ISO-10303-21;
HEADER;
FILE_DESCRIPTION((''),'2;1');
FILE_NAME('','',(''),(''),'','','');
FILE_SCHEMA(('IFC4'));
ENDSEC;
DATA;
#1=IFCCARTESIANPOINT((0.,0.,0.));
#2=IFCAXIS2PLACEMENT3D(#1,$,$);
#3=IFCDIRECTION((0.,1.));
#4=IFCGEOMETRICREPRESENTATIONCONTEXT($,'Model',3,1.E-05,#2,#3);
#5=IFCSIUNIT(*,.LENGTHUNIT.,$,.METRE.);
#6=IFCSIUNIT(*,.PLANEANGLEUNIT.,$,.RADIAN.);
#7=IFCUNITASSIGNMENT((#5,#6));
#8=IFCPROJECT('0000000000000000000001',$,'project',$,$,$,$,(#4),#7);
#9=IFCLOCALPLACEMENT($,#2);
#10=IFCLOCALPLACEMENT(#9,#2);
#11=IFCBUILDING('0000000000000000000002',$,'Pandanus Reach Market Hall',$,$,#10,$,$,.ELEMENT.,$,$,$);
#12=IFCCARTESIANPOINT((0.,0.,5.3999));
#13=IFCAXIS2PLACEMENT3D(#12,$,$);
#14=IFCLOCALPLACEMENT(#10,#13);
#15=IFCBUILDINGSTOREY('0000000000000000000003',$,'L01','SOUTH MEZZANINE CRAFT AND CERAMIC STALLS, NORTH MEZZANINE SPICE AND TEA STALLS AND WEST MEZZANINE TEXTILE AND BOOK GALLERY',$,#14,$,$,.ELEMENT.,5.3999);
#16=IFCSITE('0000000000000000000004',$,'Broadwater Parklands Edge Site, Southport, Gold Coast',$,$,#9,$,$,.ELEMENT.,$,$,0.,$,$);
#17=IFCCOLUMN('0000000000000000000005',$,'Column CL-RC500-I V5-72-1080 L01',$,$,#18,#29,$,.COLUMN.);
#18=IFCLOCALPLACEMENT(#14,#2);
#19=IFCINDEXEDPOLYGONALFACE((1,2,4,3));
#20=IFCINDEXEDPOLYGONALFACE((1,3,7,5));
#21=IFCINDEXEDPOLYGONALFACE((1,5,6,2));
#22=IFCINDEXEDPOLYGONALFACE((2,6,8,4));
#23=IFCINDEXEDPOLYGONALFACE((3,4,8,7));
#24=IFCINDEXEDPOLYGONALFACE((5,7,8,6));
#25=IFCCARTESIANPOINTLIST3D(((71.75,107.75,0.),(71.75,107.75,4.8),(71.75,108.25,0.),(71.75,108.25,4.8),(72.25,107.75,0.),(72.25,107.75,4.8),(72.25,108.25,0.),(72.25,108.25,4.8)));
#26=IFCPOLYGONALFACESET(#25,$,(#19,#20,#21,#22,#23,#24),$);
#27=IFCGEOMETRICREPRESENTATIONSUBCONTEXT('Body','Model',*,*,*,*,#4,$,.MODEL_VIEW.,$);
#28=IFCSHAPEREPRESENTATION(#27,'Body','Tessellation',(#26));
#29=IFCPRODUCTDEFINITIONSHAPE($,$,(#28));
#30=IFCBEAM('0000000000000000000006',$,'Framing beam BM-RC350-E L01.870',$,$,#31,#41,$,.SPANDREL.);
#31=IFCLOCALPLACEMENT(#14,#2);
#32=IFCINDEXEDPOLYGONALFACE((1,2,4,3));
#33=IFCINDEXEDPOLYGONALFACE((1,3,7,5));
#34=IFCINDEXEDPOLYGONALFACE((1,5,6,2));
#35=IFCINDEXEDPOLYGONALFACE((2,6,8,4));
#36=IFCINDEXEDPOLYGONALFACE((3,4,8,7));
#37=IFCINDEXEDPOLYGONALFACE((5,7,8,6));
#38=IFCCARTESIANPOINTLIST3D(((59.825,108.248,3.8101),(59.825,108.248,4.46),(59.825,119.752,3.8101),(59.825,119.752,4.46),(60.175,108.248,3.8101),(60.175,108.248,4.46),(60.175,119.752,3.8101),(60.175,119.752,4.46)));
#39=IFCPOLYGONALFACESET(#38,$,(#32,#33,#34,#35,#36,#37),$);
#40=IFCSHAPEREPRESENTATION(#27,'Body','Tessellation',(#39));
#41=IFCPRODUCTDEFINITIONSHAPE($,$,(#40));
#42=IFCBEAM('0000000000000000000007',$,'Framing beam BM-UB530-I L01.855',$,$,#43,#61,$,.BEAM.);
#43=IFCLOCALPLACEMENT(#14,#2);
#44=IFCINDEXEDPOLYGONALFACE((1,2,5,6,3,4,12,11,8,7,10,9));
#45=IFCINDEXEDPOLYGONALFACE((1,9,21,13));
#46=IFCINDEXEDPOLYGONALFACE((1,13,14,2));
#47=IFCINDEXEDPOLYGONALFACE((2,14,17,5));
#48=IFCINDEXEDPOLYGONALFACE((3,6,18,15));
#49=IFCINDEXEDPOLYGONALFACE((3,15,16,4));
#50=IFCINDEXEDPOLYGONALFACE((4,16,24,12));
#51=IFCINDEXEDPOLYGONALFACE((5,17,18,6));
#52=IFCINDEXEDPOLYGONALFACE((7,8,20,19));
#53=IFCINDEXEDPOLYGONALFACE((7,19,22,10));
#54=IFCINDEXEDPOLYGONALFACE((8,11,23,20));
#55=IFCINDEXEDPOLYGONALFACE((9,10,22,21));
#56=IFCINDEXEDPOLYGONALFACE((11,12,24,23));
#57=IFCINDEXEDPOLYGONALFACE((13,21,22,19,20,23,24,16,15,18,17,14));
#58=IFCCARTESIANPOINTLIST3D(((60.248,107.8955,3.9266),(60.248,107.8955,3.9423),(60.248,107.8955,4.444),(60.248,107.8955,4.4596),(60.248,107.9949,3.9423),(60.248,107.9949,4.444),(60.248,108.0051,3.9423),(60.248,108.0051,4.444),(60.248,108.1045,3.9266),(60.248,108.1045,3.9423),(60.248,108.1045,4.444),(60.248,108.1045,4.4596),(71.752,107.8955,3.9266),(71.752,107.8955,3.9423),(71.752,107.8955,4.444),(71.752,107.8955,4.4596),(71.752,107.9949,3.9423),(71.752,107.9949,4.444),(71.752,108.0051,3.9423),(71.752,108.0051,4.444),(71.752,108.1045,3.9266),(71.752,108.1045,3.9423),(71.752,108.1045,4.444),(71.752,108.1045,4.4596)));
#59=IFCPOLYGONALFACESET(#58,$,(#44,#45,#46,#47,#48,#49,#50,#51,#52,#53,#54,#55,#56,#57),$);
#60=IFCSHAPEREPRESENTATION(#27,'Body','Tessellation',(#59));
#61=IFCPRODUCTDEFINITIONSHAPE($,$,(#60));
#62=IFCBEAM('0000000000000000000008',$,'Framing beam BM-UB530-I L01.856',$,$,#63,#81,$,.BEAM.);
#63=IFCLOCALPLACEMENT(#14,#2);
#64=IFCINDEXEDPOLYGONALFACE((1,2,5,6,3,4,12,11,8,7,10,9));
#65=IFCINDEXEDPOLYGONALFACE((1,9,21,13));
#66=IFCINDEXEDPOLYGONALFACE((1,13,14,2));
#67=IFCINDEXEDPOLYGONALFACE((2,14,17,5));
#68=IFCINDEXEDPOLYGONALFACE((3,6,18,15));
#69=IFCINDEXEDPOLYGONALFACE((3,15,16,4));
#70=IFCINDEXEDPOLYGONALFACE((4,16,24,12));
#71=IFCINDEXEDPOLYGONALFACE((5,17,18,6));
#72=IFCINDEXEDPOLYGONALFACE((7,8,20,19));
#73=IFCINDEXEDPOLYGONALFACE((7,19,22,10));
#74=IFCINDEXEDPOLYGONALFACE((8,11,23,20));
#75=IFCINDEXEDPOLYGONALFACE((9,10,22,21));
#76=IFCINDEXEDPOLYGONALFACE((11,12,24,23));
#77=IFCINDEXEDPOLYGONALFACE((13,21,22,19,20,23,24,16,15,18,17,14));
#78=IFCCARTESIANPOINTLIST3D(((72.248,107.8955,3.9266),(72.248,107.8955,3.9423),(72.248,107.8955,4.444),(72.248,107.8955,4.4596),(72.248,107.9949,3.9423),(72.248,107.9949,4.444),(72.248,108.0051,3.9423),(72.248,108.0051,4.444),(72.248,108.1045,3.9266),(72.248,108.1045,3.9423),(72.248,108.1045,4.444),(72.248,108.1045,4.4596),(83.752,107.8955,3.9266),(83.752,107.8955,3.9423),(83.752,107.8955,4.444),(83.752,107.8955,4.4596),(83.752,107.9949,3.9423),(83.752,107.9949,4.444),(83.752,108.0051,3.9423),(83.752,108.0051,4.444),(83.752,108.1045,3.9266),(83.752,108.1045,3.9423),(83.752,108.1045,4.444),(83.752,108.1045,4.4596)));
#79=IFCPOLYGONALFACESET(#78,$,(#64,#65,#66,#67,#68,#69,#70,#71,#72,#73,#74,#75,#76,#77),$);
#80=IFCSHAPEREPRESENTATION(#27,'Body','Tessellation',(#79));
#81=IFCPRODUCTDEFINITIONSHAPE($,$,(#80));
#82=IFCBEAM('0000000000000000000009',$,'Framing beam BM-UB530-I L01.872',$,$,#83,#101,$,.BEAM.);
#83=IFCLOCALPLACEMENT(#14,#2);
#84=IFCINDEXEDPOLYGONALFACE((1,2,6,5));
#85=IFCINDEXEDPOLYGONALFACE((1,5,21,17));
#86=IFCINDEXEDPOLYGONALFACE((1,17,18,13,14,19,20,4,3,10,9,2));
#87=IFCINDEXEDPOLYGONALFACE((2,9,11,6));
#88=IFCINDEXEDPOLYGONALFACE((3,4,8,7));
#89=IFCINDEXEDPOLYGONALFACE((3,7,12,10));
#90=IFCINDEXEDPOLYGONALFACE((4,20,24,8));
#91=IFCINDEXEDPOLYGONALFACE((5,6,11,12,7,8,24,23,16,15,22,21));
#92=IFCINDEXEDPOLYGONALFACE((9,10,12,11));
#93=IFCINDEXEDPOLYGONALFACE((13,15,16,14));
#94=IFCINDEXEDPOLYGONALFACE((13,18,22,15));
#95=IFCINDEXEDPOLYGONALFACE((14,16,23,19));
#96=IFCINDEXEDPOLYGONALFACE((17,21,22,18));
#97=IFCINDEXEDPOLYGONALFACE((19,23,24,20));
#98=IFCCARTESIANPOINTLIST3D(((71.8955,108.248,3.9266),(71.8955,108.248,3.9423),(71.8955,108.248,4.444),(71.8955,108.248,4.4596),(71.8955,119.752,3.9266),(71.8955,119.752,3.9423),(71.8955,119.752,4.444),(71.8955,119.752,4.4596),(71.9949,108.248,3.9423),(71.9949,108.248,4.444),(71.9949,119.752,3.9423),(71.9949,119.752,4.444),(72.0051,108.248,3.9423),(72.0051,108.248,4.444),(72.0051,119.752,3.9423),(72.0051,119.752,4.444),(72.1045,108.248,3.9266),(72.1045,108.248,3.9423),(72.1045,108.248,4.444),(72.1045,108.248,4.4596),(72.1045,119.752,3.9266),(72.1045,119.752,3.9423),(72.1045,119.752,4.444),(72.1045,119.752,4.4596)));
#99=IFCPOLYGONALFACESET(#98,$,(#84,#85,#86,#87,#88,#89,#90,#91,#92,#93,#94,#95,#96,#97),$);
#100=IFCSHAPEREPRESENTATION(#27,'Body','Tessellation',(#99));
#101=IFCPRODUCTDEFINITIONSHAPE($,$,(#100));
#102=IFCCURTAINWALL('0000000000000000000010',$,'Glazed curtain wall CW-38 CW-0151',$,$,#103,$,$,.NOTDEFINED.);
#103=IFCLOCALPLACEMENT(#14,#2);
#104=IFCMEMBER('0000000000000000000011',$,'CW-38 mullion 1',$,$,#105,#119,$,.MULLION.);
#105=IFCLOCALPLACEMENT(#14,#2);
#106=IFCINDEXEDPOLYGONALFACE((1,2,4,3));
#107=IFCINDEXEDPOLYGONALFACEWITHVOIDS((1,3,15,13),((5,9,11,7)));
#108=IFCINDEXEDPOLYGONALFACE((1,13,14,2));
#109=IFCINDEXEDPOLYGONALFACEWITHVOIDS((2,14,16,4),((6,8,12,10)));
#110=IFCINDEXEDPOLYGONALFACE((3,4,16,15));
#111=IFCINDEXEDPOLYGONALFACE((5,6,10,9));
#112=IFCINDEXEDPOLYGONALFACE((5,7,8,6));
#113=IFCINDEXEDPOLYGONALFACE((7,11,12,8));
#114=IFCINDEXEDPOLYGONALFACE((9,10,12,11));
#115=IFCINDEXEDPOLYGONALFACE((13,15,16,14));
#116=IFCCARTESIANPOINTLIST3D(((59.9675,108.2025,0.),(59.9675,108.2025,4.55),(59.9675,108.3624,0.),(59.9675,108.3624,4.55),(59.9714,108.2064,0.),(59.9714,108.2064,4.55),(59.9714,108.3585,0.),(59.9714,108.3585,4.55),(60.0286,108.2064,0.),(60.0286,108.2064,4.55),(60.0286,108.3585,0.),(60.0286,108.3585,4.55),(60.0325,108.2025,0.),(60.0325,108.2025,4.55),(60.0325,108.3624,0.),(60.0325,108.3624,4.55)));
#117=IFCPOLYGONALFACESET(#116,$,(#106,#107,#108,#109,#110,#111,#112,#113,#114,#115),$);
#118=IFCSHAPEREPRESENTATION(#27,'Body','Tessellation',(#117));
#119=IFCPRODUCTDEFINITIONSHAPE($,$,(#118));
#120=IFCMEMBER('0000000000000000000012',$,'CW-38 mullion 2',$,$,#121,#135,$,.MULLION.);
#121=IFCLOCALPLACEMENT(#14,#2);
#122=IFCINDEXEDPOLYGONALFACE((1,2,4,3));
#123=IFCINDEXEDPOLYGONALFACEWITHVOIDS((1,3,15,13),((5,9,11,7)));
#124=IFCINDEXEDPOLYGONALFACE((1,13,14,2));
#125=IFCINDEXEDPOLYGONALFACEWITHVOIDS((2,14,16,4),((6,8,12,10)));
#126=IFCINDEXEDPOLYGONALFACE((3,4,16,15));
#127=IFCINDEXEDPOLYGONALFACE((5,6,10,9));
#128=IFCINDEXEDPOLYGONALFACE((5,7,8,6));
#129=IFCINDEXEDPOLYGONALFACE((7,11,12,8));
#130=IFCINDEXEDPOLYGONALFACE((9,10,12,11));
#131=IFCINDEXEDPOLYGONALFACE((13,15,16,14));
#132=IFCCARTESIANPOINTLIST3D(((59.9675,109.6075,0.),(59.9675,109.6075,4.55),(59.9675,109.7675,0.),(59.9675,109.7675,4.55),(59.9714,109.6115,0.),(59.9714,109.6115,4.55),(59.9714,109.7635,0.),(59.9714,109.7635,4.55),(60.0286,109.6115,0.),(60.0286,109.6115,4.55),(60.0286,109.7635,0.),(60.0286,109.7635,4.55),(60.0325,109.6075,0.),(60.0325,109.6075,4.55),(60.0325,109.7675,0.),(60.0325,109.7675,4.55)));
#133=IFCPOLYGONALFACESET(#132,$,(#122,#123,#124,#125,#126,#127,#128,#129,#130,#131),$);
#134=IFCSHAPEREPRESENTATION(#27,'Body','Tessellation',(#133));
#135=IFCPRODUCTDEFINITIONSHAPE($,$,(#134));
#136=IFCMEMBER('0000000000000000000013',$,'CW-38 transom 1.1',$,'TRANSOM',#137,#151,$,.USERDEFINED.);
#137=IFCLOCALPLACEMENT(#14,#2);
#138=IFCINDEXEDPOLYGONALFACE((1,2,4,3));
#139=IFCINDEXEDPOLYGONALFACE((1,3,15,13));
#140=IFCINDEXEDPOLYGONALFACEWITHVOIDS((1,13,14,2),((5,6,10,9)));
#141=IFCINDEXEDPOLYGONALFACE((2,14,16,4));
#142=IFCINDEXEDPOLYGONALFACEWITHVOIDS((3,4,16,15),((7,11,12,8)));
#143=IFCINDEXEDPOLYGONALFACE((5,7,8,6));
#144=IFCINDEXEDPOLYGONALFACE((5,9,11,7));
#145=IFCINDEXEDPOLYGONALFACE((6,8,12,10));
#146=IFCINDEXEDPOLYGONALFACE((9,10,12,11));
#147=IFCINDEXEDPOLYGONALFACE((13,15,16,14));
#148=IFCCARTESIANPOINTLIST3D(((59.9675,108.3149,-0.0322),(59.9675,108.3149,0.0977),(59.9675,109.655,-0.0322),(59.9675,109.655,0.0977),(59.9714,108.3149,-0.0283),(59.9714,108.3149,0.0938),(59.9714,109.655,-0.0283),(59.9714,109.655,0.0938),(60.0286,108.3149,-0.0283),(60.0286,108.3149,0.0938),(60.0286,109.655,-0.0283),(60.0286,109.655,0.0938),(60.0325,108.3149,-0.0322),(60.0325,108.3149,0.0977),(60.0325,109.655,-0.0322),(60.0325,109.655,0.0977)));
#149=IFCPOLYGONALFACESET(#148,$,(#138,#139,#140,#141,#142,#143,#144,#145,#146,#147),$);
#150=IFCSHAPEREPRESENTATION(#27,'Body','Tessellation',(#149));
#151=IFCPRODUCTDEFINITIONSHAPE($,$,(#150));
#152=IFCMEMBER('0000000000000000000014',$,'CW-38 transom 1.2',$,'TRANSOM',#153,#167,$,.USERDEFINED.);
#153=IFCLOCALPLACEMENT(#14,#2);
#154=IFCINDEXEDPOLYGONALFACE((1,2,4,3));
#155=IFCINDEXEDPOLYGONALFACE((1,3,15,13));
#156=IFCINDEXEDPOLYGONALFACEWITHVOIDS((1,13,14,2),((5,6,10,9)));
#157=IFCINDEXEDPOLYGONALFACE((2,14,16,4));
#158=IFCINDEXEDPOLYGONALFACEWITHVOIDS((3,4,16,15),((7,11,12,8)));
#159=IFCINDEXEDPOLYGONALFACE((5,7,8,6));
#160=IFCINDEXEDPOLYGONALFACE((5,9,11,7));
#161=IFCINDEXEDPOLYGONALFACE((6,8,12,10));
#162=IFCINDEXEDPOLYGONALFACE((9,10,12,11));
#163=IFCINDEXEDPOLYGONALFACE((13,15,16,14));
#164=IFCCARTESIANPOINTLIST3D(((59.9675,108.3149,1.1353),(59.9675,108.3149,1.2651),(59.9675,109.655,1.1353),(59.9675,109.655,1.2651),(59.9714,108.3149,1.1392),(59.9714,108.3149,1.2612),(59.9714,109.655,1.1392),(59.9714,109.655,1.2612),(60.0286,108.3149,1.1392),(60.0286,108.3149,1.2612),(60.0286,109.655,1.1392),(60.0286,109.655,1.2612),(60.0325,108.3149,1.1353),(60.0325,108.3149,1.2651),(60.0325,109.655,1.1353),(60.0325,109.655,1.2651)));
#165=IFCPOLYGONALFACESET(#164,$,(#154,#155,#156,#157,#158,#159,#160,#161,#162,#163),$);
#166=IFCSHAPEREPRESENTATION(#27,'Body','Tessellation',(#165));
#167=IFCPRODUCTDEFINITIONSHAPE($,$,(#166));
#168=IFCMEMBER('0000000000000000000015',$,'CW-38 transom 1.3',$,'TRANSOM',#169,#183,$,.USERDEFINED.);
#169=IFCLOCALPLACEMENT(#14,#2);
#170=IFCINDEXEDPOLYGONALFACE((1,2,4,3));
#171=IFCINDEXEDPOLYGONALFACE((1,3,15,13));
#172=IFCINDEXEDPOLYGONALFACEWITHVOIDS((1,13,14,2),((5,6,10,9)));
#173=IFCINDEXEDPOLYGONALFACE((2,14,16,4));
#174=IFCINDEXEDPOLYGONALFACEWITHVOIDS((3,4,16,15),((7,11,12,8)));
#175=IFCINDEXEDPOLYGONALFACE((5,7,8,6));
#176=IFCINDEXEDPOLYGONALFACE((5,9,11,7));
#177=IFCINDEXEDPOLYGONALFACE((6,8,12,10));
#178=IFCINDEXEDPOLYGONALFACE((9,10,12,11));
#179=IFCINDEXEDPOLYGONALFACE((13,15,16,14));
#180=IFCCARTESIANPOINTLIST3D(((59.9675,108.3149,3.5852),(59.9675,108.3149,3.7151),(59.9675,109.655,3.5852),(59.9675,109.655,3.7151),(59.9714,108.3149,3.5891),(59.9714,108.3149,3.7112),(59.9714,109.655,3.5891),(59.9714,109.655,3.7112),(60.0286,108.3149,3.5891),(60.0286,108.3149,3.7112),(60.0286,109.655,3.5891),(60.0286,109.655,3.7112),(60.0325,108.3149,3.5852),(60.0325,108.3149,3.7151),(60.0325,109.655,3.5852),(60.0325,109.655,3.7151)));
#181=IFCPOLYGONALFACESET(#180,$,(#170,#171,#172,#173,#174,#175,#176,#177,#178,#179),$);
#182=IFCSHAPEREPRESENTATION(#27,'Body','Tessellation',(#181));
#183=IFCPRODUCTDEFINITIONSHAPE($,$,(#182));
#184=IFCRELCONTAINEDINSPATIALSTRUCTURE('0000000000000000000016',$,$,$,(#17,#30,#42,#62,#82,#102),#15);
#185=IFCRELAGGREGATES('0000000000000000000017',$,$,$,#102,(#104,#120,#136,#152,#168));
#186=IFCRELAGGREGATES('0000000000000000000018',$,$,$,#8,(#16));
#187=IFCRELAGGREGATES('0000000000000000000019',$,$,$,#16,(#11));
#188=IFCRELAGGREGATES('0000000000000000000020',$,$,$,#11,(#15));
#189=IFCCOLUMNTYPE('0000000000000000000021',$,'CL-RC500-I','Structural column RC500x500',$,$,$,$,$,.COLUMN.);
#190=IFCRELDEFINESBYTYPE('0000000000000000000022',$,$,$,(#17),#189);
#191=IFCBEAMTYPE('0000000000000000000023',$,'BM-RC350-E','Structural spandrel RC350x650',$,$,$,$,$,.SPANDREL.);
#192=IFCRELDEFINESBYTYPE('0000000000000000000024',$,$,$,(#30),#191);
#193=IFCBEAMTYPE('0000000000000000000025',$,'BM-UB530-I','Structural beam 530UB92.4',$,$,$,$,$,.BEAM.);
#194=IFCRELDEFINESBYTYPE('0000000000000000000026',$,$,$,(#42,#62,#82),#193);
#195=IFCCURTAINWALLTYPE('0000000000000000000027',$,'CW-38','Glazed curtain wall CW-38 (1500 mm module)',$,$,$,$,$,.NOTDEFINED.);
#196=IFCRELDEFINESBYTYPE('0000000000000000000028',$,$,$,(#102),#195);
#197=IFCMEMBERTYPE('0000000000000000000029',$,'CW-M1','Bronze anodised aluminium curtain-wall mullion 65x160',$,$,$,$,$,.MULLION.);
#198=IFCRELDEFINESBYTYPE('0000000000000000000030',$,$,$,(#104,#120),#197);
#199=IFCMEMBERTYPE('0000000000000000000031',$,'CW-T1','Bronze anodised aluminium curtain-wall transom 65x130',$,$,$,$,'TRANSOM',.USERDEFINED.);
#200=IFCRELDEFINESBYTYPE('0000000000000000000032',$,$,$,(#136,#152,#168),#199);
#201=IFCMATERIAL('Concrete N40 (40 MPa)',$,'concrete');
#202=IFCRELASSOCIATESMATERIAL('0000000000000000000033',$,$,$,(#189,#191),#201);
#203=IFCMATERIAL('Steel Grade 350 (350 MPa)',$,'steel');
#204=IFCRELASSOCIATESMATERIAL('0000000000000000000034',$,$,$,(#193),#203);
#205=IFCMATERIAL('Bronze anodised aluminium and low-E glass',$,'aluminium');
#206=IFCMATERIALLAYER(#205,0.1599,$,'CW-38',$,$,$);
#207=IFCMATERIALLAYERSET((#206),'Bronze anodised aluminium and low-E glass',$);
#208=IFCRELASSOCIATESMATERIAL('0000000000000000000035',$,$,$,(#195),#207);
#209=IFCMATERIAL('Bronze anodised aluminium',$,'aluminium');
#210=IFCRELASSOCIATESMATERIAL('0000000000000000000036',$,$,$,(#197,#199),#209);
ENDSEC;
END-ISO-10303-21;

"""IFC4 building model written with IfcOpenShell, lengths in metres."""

from ifc_helpers import new_model, si_unit, direction, frame, origin, origin_2d, place, context, subcontext, project, spatial, rectangle, hollow_rectangle, i_section, extrude, material, layer, layer_set, material_profile, profile_set, type_object, element, aggregate, save


model = new_model("IFC4")

# Units and contexts
model_context = context("Model", 3, precision=1e-05, world=origin(), true_north=direction((0.0, 1.0)))
body_context = subcontext(model_context, "Body", "Model", "MODEL_VIEW")
ifc_project = project(units=[si_unit("LENGTHUNIT", "METRE"), si_unit("PLANEANGLEUNIT", "RADIAN")], contexts=[model_context])

# Site, building, storey
site_placement = place(None, origin())
site = spatial("IfcSite", under=ifc_project, at=site_placement, Name="Broadwater Parklands Edge Site, Southport, Gold Coast", CompositionType="ELEMENT", RefElevation=0.0)
building_placement = place(site_placement, origin())
building = spatial("IfcBuilding", under=site, at=building_placement, Name="Pandanus Reach Market Hall", CompositionType="ELEMENT")
storey_placement = place(building_placement, frame((0.0, 0.0, 5.3999)))
storey = spatial("IfcBuildingStorey", under=building, at=storey_placement, Name="L01", Description="SOUTH MEZZANINE CRAFT AND CERAMIC STALLS, NORTH MEZZANINE SPICE AND TEA STALLS AND WEST MEZZANINE TEXTILE AND BOOK GALLERY", CompositionType="ELEMENT", Elevation=5.3999)

# Column
ifc_material_1 = material(Name="Concrete N40 (40 MPa)", Category="concrete")
ifc_material_profile_1 = material_profile(ifc_material_1, rectangle(XDim=0.5, YDim=0.5, at=origin_2d()), Name="RC500x500", Category="LoadBearing")
ifc_profile_set_1 = profile_set([ifc_material_profile_1], Name="Concrete N40 (40 MPa)")
column_type = type_object("IfcColumnType", Name="CL-RC500-I", Description="Structural column RC500x500", PredefinedType="COLUMN", material=ifc_profile_set_1)
column_placement = place(storey_placement, frame((72.0, 108.0, 0.0), z_axis=(0.0, 0.0, 1.0), x_axis=(1.0, 0.0, 0.0)))
element("IfcColumn", 1, at=column_placement, inside=storey, type_object=column_type, Name="Column CL-RC500-I V5-72-1080 L01", PredefinedType="COLUMN", context=body_context, shape_type="SweptSolid", body=[
    extrude(rectangle(XDim=0.5, YDim=0.5, at=origin_2d()), origin(), (0.0, 0.0, 1.0), 4.8),
])

# Beams
ifc_material_profile_2 = material_profile(ifc_material_1, rectangle(XDim=0.3501, YDim=0.6499, at=origin_2d()), Name="RC350x650", Category="LoadBearing")
ifc_profile_set_2 = profile_set([ifc_material_profile_2], Name="Concrete N40 (40 MPa)")
beam_type_1 = type_object("IfcBeamType", Name="BM-RC350-E", Description="Structural spandrel RC350x650", PredefinedType="SPANDREL", material=ifc_profile_set_2)
beam_placement = place(storey_placement, frame((60.0, 108.248, 4.135), z_axis=(0.0, 1.0, 0.0), x_axis=(-1.0, 0.0, 0.0)))
element("IfcBeam", 2, at=beam_placement, inside=storey, type_object=beam_type_1, Name="Framing beam BM-RC350-E L01.870", PredefinedType="SPANDREL", context=body_context, shape_type="SweptSolid", body=[
    extrude(rectangle(XDim=0.3501, YDim=0.6499, at=origin_2d()), origin(), (0.0, 0.0, 1.0), 11.5039),
])
ifc_material_2 = material(Name="Steel Grade 350 (350 MPa)", Category="steel")
ifc_material_profile_3 = material_profile(ifc_material_2, i_section(OverallWidth=0.209, OverallDepth=0.533, WebThickness=0.0103, FlangeThickness=0.0156, at=origin_2d()), Name="530UB92.4", Category="LoadBearing")
ifc_profile_set_3 = profile_set([ifc_material_profile_3], Name="Steel Grade 350 (350 MPa)")
beam_type_2 = type_object("IfcBeamType", Name="BM-UB530-I", Description="Structural beam 530UB92.4", PredefinedType="BEAM", material=ifc_profile_set_3)
for number, where, z_axis, x_axis, name in (
    (3, (60.248, 108.0, 4.1931), (1.0, 0.0, 0.0), (0.0, 1.0, 0.0), "Framing beam BM-UB530-I L01.855"),
    (4, (72.248, 108.0, 4.1931), (1.0, 0.0, 0.0), (0.0, 1.0, 0.0), "Framing beam BM-UB530-I L01.856"),
    (5, (72.0, 108.248, 4.1931), (0.0, 1.0, 0.0), (-1.0, 0.0, 0.0), "Framing beam BM-UB530-I L01.872"),
):
    element("IfcBeam", number, at=place(storey_placement, frame(where, z_axis=z_axis, x_axis=x_axis)), inside=storey, type_object=beam_type_2, Name=name, PredefinedType="BEAM", context=body_context, shape_type="SweptSolid", body=[
        extrude(i_section(OverallWidth=0.209, OverallDepth=0.533, WebThickness=0.0103, FlangeThickness=0.0156, at=origin_2d()), origin(), (0.0, 0.0, 1.0), 11.5039),
    ])

# Curtain wall, members
ifc_material_3 = material(Name="Bronze anodised aluminium and low-E glass", Category="aluminium")
ifc_layer_1 = layer(ifc_material_3, 0.1599, Name="CW-38")
ifc_layer_set_1 = layer_set([ifc_layer_1], Name="Bronze anodised aluminium and low-E glass")
curtain_wall_type = type_object("IfcCurtainWallType", Name="CW-38", Description="Glazed curtain wall CW-38 (1500 mm module)", PredefinedType="NOTDEFINED", material=ifc_layer_set_1)
curtain_wall_placement = place(storey_placement, origin())
curtain_wall = element("IfcCurtainWall", 6, at=curtain_wall_placement, inside=storey, type_object=curtain_wall_type, Name="Glazed curtain wall CW-38 CW-0151", PredefinedType="NOTDEFINED")
ifc_material_4 = material(Name="Bronze anodised aluminium", Category="aluminium")
ifc_material_profile_4 = material_profile(ifc_material_4, hollow_rectangle(XDim=0.0649, YDim=0.1599, WallThickness=0.0039, at=origin_2d()), Name="ALU65x160", Category="LoadBearing")
ifc_profile_set_4 = profile_set([ifc_material_profile_4], Name="Bronze anodised aluminium")
member_type_1 = type_object("IfcMemberType", Name="CW-M1", Description="Bronze anodised aluminium curtain-wall mullion 65x160", PredefinedType="MULLION", material=ifc_profile_set_4)
member_1_placement = place(storey_placement, frame((60.0, 108.2825, 0.0), z_axis=(0.0, 0.0, 1.0), x_axis=(-1.0, 0.0, 0.0)))
member_1 = element("IfcMember", 7, at=member_1_placement, type_object=member_type_1, Name="CW-38 mullion 1", PredefinedType="MULLION", context=body_context, shape_type="SweptSolid", body=[
    extrude(hollow_rectangle(XDim=0.0649, YDim=0.1599, WallThickness=0.0039, at=origin_2d()), origin(), (0.0, 0.0, 1.0), 4.55),
])
member_2_placement = place(storey_placement, frame((60.0, 109.6875, 0.0), z_axis=(0.0, 0.0, 1.0), x_axis=(-1.0, 0.0, 0.0)))
member_2 = element("IfcMember", 8, at=member_2_placement, type_object=member_type_1, Name="CW-38 mullion 2", PredefinedType="MULLION", context=body_context, shape_type="SweptSolid", body=[
    extrude(hollow_rectangle(XDim=0.0649, YDim=0.1599, WallThickness=0.0039, at=origin_2d()), origin(), (0.0, 0.0, 1.0), 4.55),
])
ifc_material_profile_5 = material_profile(ifc_material_4, hollow_rectangle(XDim=0.0649, YDim=0.1299, WallThickness=0.0039, at=origin_2d()), Name="ALU65x130", Category="LoadBearing")
ifc_profile_set_5 = profile_set([ifc_material_profile_5], Name="Bronze anodised aluminium")
member_type_2 = type_object("IfcMemberType", Name="CW-T1", Description="Bronze anodised aluminium curtain-wall transom 65x130", ElementType="TRANSOM", PredefinedType="USERDEFINED", material=ifc_profile_set_5)
member_3_placement = place(storey_placement, frame((60.0, 108.3149, 0.0327), z_axis=(0.0, 1.0, 0.0), x_axis=(-1.0, 0.0, 0.0)))
member_3 = element("IfcMember", 9, at=member_3_placement, type_object=member_type_2, Name="CW-38 transom 1.1", ObjectType="TRANSOM", PredefinedType="USERDEFINED", context=body_context, shape_type="SweptSolid", body=[
    extrude(hollow_rectangle(XDim=0.0649, YDim=0.1299, WallThickness=0.0039, at=origin_2d()), origin(), (0.0, 0.0, 1.0), 1.3401),
])
member_4_placement = place(storey_placement, frame((60.0, 108.3149, 1.2002), z_axis=(0.0, 1.0, 0.0), x_axis=(-1.0, 0.0, 0.0)))
member_4 = element("IfcMember", 10, at=member_4_placement, type_object=member_type_2, Name="CW-38 transom 1.2", ObjectType="TRANSOM", PredefinedType="USERDEFINED", context=body_context, shape_type="SweptSolid", body=[
    extrude(hollow_rectangle(XDim=0.0649, YDim=0.1299, WallThickness=0.0039, at=origin_2d()), origin(), (0.0, 0.0, 1.0), 1.3401),
])
member_5_placement = place(storey_placement, frame((60.0, 108.3149, 3.6501), z_axis=(0.0, 1.0, 0.0), x_axis=(-1.0, 0.0, 0.0)))
member_5 = element("IfcMember", 11, at=member_5_placement, type_object=member_type_2, Name="CW-38 transom 1.3", ObjectType="TRANSOM", PredefinedType="USERDEFINED", context=body_context, shape_type="SweptSolid", body=[
    extrude(hollow_rectangle(XDim=0.0649, YDim=0.1299, WallThickness=0.0039, at=origin_2d()), origin(), (0.0, 0.0, 1.0), 1.3401),
])
aggregate(curtain_wall, [member_1, member_2, member_3, member_4, member_5])

save(model, "model.ifc")
